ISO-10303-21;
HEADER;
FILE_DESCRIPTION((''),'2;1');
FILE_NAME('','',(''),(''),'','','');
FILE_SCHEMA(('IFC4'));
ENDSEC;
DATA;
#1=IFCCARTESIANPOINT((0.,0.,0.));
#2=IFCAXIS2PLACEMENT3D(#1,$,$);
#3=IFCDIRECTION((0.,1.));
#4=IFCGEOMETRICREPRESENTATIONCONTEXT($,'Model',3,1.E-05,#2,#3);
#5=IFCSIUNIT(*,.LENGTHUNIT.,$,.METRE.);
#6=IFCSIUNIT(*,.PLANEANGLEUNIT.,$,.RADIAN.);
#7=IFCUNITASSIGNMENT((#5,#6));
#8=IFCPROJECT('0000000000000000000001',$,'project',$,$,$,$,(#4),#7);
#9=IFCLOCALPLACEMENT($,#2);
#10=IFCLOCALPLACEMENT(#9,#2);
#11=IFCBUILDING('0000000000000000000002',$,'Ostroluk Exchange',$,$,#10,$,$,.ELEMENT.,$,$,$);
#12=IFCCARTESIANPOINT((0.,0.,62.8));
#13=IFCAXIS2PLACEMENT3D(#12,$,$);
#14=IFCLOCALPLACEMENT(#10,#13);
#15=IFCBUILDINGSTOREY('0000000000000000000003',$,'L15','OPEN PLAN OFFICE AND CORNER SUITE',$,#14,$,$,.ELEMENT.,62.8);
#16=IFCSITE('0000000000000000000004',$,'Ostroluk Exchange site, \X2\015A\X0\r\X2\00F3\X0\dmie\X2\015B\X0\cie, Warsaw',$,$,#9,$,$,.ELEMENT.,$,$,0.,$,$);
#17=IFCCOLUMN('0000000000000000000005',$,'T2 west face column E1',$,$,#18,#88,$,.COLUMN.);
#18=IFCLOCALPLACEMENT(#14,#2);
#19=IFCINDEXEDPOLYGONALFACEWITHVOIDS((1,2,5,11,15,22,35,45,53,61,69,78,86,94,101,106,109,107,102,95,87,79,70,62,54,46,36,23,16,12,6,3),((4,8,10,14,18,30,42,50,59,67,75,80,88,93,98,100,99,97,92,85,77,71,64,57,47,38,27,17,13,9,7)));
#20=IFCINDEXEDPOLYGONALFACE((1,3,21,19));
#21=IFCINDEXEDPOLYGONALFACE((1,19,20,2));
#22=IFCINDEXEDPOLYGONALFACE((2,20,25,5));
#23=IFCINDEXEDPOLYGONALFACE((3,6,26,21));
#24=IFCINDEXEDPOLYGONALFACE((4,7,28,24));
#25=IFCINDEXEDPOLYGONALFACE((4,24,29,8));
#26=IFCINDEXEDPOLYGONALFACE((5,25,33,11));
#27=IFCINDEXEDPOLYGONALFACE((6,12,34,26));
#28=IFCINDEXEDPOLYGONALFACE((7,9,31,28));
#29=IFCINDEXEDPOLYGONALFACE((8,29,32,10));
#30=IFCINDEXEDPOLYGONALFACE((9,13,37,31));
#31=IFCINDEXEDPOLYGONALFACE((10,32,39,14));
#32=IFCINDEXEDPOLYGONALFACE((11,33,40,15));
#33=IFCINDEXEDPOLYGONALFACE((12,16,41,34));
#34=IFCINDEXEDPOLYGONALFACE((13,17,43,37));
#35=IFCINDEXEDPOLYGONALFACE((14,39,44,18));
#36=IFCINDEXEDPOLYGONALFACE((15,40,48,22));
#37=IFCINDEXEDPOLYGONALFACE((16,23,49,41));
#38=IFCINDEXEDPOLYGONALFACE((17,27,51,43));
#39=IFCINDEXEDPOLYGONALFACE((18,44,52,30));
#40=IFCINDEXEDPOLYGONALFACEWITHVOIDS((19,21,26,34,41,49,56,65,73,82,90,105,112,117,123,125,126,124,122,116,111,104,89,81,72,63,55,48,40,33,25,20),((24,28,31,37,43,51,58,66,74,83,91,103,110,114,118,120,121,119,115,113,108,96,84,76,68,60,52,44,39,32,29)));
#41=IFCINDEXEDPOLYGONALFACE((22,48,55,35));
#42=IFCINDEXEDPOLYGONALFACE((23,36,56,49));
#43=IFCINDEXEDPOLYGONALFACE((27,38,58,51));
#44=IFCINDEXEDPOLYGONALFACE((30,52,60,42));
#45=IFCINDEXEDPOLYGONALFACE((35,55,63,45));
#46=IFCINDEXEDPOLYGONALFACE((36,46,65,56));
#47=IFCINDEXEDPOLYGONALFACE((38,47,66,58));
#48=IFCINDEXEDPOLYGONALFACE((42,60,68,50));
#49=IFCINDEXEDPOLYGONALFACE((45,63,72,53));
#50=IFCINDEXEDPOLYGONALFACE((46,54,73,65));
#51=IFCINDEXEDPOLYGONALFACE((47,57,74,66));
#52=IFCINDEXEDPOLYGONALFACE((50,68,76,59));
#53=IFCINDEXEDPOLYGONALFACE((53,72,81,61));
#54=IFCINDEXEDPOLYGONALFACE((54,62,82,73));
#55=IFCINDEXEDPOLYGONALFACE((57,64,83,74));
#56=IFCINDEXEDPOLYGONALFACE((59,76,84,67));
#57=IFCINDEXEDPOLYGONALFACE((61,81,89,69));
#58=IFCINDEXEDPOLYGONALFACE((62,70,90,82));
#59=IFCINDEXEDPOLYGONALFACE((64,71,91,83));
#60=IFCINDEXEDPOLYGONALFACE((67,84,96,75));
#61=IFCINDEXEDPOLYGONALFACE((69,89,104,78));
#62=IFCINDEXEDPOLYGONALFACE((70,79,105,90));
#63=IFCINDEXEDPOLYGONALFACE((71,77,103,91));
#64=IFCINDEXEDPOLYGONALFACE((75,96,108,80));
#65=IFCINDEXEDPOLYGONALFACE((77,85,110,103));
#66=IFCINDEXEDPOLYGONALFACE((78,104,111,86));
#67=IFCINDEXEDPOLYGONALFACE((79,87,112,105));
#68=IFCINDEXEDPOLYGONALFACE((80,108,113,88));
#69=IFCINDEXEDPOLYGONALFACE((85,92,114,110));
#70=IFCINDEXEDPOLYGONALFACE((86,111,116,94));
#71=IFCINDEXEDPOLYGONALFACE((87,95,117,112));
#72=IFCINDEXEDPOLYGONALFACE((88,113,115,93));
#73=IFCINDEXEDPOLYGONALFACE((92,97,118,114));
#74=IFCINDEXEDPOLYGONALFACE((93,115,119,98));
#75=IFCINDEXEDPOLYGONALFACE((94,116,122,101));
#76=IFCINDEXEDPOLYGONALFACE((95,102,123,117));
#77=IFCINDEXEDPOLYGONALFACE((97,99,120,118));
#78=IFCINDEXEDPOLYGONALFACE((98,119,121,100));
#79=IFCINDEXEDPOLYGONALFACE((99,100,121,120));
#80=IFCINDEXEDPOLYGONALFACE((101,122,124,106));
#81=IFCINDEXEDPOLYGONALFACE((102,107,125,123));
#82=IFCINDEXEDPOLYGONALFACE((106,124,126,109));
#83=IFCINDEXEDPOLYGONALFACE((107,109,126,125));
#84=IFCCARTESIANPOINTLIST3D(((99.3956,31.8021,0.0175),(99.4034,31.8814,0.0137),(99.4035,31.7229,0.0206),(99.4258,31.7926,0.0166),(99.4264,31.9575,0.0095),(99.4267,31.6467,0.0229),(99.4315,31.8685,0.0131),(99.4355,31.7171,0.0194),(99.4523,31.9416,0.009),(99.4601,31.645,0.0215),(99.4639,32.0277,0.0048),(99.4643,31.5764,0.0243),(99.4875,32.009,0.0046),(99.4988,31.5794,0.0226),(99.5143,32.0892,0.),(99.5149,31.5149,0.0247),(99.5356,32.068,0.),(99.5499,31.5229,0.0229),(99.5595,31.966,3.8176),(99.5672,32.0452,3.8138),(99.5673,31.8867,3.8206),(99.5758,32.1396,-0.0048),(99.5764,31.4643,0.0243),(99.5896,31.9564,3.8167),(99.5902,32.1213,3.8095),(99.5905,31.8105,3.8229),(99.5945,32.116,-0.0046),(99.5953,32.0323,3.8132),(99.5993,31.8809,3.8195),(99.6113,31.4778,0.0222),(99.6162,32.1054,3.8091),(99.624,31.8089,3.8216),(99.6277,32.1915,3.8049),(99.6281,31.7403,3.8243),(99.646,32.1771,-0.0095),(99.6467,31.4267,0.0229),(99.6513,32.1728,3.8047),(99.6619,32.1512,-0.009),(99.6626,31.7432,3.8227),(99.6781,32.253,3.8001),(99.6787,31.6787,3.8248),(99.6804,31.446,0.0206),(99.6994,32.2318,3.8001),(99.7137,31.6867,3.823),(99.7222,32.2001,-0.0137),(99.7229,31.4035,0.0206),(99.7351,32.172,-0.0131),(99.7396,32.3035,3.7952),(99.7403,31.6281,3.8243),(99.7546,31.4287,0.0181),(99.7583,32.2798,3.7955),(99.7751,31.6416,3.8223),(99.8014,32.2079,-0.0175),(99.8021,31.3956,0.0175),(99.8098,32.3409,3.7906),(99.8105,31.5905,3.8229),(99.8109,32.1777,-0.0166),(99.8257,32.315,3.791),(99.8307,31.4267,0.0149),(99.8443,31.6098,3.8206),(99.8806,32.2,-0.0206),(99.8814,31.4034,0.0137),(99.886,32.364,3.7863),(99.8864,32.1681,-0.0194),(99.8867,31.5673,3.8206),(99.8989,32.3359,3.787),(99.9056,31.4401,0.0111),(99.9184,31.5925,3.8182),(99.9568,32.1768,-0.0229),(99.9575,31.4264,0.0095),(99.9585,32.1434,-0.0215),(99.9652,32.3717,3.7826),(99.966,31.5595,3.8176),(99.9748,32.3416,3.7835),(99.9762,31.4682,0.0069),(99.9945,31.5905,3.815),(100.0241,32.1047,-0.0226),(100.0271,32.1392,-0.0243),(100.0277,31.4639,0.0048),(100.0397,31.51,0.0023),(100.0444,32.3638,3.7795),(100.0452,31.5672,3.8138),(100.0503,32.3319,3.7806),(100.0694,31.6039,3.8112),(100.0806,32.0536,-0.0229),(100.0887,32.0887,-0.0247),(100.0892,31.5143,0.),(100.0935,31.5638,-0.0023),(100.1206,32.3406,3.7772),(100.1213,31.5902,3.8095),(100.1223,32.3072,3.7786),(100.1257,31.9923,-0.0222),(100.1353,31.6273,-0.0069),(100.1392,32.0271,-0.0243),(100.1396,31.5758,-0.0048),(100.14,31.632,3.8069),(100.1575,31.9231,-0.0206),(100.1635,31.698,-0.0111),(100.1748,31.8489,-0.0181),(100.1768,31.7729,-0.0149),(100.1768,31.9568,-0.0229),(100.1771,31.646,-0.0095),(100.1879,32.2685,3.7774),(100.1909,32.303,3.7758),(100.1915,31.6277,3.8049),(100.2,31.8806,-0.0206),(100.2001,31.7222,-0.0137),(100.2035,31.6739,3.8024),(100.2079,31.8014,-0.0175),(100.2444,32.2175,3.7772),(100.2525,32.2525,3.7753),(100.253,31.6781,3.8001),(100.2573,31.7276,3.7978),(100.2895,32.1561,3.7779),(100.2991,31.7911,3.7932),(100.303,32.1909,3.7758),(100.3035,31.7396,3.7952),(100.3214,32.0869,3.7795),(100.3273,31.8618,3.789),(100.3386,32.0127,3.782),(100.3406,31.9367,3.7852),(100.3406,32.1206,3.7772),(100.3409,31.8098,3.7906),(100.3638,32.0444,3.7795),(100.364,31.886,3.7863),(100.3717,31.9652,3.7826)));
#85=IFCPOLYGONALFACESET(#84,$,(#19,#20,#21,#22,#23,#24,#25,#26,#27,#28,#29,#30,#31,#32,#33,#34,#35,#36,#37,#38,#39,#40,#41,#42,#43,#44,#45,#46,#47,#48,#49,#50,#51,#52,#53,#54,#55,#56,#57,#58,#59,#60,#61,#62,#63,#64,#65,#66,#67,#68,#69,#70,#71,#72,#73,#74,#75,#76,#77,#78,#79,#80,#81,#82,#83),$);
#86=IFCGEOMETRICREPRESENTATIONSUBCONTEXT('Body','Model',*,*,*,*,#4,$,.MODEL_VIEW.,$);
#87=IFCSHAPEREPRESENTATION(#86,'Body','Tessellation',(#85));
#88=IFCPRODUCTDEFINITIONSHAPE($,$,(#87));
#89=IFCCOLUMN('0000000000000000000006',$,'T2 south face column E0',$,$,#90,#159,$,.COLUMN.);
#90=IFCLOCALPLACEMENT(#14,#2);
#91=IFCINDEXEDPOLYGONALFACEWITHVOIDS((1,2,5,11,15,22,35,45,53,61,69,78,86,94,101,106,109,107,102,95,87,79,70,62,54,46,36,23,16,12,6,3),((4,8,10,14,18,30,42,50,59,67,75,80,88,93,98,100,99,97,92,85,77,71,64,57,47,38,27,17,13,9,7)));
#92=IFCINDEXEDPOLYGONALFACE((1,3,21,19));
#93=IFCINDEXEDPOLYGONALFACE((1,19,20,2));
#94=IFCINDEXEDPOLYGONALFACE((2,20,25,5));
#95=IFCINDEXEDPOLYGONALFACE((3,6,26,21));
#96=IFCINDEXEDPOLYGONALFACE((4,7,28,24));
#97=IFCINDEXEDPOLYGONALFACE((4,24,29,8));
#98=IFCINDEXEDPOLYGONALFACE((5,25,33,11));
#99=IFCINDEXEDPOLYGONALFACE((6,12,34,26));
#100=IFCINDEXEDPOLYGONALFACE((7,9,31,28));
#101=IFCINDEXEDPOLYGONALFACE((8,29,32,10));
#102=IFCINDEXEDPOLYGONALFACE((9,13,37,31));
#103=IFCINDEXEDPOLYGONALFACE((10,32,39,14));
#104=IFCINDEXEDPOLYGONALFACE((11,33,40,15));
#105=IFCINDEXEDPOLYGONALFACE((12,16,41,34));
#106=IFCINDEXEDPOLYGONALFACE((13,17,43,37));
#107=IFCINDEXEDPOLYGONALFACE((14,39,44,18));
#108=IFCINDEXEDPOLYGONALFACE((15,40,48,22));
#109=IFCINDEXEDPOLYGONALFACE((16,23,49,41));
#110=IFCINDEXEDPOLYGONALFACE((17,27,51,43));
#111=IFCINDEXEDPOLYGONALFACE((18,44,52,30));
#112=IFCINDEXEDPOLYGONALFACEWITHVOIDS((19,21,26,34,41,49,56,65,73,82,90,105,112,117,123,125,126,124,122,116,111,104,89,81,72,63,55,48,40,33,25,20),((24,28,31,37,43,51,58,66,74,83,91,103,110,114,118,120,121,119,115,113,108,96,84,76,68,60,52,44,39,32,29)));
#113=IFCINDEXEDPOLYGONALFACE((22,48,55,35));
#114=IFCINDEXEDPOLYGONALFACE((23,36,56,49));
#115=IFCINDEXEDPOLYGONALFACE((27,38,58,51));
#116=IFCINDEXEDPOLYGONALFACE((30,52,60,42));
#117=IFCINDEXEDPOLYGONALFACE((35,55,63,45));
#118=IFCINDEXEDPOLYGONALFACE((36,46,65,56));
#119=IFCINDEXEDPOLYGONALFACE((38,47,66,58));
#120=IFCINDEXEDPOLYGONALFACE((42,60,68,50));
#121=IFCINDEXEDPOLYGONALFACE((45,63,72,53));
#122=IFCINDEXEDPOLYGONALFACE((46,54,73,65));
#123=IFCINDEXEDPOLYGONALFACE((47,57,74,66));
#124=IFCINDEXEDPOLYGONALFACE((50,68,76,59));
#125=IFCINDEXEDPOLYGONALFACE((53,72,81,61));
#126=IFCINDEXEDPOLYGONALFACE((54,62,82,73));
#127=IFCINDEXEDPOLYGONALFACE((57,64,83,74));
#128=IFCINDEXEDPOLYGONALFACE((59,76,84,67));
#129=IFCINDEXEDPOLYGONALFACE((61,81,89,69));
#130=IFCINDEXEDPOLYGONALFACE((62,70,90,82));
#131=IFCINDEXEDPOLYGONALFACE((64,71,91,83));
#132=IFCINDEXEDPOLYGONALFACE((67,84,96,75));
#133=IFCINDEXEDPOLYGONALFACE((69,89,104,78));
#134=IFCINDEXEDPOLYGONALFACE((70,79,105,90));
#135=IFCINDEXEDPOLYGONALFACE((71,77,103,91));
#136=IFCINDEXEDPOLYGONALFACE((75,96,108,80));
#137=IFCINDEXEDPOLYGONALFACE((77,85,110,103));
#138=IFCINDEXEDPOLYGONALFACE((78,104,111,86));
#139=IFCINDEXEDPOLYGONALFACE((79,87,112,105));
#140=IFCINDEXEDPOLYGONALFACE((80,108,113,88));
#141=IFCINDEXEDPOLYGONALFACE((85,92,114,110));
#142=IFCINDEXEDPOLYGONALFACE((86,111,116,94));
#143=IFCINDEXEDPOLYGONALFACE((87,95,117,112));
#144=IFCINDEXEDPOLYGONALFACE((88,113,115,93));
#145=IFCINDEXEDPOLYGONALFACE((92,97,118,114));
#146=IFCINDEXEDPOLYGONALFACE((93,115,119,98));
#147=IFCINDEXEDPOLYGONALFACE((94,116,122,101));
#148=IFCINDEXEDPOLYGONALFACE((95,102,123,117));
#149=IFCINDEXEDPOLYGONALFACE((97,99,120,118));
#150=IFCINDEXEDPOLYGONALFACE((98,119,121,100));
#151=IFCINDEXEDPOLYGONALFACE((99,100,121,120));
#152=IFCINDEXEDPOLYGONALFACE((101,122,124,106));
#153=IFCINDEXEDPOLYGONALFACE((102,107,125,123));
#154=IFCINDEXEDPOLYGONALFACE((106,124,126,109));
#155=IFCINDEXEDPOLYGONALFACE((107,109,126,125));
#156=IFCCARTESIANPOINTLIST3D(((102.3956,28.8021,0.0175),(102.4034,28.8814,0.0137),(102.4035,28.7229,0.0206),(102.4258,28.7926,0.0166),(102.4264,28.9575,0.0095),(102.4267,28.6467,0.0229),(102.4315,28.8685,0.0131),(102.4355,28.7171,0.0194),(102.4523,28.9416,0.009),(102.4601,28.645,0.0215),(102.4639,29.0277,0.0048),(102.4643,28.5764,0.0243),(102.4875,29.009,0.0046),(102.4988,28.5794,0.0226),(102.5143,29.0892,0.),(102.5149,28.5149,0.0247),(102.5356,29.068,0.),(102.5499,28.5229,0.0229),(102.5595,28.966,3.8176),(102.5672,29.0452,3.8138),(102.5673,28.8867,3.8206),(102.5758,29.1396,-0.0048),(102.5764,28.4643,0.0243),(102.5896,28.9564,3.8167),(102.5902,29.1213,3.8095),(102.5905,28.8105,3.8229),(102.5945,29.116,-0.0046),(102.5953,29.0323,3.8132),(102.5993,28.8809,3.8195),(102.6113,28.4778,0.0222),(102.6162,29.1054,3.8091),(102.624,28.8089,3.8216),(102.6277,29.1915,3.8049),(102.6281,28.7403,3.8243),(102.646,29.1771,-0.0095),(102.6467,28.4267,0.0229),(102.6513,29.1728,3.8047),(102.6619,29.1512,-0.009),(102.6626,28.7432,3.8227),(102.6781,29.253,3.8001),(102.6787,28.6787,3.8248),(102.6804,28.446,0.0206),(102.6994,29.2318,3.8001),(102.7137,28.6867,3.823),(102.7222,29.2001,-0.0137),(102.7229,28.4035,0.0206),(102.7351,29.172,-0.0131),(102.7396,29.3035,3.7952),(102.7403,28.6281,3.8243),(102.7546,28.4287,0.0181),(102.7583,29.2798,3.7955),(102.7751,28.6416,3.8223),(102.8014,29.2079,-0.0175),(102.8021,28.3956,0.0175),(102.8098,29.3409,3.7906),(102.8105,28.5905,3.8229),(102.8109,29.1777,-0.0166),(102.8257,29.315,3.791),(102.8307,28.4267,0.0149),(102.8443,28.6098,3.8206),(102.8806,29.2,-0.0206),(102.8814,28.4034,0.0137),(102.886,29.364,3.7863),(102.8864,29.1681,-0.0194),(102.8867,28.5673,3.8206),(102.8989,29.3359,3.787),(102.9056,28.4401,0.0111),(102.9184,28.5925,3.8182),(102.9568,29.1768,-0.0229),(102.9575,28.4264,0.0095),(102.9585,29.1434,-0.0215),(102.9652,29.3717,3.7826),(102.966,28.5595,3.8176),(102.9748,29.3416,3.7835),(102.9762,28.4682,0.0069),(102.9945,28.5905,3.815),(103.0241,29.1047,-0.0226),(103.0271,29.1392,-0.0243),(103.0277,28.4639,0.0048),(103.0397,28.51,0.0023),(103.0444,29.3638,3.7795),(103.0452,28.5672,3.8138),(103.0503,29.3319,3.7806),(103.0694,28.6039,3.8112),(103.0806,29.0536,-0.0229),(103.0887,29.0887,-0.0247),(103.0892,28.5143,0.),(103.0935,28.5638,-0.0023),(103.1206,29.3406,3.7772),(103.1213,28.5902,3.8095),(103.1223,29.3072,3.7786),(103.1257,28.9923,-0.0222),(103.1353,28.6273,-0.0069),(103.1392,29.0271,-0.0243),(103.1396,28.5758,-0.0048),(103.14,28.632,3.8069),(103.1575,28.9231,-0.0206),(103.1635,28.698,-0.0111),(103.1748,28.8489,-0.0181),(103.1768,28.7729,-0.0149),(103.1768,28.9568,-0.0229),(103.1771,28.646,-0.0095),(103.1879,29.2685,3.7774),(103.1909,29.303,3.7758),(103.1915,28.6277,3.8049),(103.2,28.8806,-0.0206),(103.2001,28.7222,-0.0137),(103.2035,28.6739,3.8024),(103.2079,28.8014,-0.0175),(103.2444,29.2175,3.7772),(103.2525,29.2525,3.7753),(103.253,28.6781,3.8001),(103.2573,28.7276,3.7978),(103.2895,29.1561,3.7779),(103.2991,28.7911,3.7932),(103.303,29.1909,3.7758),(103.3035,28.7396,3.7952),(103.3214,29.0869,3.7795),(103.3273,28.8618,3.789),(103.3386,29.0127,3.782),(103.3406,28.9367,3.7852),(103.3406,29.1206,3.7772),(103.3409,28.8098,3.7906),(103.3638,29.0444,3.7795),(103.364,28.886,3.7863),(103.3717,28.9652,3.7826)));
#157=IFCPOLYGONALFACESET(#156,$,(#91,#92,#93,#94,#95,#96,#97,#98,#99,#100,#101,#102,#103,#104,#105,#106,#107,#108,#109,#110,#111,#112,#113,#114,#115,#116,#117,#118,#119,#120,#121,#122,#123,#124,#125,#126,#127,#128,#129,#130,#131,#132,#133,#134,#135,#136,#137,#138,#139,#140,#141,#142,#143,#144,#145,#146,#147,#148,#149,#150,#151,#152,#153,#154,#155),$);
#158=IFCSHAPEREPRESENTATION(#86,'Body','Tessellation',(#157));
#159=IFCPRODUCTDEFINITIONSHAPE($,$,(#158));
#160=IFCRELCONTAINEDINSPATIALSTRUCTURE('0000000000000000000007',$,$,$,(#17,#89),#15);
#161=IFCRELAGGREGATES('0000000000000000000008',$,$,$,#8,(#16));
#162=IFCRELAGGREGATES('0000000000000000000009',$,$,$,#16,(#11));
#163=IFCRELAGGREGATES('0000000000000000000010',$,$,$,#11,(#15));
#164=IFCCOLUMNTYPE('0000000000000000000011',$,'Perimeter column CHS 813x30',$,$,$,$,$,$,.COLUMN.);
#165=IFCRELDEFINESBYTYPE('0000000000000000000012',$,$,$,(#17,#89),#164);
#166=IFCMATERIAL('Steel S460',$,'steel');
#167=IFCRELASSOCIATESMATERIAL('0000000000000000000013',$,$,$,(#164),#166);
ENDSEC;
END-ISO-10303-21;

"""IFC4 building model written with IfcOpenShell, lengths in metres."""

from ifc_helpers import new_model, si_unit, direction, frame, origin, origin_2d, place, context, subcontext, project, spatial, hollow_circle, extrude, material, material_profile, profile_set, type_object, element, save


model = new_model("IFC4")

# Units and contexts
model_context = context("Model", 3, precision=1e-05, world=origin(), true_north=direction((0.0, 1.0)))
body_context = subcontext(model_context, "Body", "Model", "MODEL_VIEW")
ifc_project = project(units=[si_unit("LENGTHUNIT", "METRE"), si_unit("PLANEANGLEUNIT", "RADIAN")], contexts=[model_context])

# Site, building, storey
site_placement = place(None, origin())
site = spatial("IfcSite", under=ifc_project, at=site_placement, Name="Ostroluk Exchange site, Śródmieście, Warsaw", CompositionType="ELEMENT", RefElevation=0.0)
building_placement = place(site_placement, origin())
building = spatial("IfcBuilding", under=site, at=building_placement, Name="Ostroluk Exchange", CompositionType="ELEMENT")
storey_placement = place(building_placement, frame((0.0, 0.0, 62.8)))
storey = spatial("IfcBuildingStorey", under=building, at=storey_placement, Name="L15", Description="OPEN PLAN OFFICE AND CORNER SUITE", CompositionType="ELEMENT", Elevation=62.8)

# Columns
ifc_material_1 = material(Name="Steel S460", Category="steel")
ifc_material_profile_1 = material_profile(ifc_material_1, hollow_circle(Radius=0.4065, WallThickness=0.03, at=origin_2d()), Name="CHS 813x30")
ifc_profile_set_1 = profile_set([ifc_material_profile_1], Name="Steel S460")
column_type = type_object("IfcColumnType", Name="Perimeter column CHS 813x30", PredefinedType="COLUMN", material=ifc_profile_set_1)
for number, where, z_axis, x_axis, name in (
    (1, (99.8018, 31.8018, 0.0), (0.04303, 0.04303, 0.998147), (-0.707107, 0.707107, 0.0), "T2 west face column E1"),
    (2, (102.8018, 28.8018, 0.0), (0.04303, 0.04303, 0.998147), (-0.707107, 0.707107, 0.0), "T2 south face column E0"),
):
    element("IfcColumn", number, at=place(storey_placement, frame(where, z_axis=z_axis, x_axis=x_axis)), inside=storey, type_object=column_type, Name=name, PredefinedType="COLUMN", context=body_context, shape_type="SweptSolid", body=[
        extrude(hollow_circle(Radius=0.4065, WallThickness=0.03, at=origin_2d()), origin(), (0.0, 0.0, 1.0), 3.8071),
    ])

save(model, "model.ifc")
